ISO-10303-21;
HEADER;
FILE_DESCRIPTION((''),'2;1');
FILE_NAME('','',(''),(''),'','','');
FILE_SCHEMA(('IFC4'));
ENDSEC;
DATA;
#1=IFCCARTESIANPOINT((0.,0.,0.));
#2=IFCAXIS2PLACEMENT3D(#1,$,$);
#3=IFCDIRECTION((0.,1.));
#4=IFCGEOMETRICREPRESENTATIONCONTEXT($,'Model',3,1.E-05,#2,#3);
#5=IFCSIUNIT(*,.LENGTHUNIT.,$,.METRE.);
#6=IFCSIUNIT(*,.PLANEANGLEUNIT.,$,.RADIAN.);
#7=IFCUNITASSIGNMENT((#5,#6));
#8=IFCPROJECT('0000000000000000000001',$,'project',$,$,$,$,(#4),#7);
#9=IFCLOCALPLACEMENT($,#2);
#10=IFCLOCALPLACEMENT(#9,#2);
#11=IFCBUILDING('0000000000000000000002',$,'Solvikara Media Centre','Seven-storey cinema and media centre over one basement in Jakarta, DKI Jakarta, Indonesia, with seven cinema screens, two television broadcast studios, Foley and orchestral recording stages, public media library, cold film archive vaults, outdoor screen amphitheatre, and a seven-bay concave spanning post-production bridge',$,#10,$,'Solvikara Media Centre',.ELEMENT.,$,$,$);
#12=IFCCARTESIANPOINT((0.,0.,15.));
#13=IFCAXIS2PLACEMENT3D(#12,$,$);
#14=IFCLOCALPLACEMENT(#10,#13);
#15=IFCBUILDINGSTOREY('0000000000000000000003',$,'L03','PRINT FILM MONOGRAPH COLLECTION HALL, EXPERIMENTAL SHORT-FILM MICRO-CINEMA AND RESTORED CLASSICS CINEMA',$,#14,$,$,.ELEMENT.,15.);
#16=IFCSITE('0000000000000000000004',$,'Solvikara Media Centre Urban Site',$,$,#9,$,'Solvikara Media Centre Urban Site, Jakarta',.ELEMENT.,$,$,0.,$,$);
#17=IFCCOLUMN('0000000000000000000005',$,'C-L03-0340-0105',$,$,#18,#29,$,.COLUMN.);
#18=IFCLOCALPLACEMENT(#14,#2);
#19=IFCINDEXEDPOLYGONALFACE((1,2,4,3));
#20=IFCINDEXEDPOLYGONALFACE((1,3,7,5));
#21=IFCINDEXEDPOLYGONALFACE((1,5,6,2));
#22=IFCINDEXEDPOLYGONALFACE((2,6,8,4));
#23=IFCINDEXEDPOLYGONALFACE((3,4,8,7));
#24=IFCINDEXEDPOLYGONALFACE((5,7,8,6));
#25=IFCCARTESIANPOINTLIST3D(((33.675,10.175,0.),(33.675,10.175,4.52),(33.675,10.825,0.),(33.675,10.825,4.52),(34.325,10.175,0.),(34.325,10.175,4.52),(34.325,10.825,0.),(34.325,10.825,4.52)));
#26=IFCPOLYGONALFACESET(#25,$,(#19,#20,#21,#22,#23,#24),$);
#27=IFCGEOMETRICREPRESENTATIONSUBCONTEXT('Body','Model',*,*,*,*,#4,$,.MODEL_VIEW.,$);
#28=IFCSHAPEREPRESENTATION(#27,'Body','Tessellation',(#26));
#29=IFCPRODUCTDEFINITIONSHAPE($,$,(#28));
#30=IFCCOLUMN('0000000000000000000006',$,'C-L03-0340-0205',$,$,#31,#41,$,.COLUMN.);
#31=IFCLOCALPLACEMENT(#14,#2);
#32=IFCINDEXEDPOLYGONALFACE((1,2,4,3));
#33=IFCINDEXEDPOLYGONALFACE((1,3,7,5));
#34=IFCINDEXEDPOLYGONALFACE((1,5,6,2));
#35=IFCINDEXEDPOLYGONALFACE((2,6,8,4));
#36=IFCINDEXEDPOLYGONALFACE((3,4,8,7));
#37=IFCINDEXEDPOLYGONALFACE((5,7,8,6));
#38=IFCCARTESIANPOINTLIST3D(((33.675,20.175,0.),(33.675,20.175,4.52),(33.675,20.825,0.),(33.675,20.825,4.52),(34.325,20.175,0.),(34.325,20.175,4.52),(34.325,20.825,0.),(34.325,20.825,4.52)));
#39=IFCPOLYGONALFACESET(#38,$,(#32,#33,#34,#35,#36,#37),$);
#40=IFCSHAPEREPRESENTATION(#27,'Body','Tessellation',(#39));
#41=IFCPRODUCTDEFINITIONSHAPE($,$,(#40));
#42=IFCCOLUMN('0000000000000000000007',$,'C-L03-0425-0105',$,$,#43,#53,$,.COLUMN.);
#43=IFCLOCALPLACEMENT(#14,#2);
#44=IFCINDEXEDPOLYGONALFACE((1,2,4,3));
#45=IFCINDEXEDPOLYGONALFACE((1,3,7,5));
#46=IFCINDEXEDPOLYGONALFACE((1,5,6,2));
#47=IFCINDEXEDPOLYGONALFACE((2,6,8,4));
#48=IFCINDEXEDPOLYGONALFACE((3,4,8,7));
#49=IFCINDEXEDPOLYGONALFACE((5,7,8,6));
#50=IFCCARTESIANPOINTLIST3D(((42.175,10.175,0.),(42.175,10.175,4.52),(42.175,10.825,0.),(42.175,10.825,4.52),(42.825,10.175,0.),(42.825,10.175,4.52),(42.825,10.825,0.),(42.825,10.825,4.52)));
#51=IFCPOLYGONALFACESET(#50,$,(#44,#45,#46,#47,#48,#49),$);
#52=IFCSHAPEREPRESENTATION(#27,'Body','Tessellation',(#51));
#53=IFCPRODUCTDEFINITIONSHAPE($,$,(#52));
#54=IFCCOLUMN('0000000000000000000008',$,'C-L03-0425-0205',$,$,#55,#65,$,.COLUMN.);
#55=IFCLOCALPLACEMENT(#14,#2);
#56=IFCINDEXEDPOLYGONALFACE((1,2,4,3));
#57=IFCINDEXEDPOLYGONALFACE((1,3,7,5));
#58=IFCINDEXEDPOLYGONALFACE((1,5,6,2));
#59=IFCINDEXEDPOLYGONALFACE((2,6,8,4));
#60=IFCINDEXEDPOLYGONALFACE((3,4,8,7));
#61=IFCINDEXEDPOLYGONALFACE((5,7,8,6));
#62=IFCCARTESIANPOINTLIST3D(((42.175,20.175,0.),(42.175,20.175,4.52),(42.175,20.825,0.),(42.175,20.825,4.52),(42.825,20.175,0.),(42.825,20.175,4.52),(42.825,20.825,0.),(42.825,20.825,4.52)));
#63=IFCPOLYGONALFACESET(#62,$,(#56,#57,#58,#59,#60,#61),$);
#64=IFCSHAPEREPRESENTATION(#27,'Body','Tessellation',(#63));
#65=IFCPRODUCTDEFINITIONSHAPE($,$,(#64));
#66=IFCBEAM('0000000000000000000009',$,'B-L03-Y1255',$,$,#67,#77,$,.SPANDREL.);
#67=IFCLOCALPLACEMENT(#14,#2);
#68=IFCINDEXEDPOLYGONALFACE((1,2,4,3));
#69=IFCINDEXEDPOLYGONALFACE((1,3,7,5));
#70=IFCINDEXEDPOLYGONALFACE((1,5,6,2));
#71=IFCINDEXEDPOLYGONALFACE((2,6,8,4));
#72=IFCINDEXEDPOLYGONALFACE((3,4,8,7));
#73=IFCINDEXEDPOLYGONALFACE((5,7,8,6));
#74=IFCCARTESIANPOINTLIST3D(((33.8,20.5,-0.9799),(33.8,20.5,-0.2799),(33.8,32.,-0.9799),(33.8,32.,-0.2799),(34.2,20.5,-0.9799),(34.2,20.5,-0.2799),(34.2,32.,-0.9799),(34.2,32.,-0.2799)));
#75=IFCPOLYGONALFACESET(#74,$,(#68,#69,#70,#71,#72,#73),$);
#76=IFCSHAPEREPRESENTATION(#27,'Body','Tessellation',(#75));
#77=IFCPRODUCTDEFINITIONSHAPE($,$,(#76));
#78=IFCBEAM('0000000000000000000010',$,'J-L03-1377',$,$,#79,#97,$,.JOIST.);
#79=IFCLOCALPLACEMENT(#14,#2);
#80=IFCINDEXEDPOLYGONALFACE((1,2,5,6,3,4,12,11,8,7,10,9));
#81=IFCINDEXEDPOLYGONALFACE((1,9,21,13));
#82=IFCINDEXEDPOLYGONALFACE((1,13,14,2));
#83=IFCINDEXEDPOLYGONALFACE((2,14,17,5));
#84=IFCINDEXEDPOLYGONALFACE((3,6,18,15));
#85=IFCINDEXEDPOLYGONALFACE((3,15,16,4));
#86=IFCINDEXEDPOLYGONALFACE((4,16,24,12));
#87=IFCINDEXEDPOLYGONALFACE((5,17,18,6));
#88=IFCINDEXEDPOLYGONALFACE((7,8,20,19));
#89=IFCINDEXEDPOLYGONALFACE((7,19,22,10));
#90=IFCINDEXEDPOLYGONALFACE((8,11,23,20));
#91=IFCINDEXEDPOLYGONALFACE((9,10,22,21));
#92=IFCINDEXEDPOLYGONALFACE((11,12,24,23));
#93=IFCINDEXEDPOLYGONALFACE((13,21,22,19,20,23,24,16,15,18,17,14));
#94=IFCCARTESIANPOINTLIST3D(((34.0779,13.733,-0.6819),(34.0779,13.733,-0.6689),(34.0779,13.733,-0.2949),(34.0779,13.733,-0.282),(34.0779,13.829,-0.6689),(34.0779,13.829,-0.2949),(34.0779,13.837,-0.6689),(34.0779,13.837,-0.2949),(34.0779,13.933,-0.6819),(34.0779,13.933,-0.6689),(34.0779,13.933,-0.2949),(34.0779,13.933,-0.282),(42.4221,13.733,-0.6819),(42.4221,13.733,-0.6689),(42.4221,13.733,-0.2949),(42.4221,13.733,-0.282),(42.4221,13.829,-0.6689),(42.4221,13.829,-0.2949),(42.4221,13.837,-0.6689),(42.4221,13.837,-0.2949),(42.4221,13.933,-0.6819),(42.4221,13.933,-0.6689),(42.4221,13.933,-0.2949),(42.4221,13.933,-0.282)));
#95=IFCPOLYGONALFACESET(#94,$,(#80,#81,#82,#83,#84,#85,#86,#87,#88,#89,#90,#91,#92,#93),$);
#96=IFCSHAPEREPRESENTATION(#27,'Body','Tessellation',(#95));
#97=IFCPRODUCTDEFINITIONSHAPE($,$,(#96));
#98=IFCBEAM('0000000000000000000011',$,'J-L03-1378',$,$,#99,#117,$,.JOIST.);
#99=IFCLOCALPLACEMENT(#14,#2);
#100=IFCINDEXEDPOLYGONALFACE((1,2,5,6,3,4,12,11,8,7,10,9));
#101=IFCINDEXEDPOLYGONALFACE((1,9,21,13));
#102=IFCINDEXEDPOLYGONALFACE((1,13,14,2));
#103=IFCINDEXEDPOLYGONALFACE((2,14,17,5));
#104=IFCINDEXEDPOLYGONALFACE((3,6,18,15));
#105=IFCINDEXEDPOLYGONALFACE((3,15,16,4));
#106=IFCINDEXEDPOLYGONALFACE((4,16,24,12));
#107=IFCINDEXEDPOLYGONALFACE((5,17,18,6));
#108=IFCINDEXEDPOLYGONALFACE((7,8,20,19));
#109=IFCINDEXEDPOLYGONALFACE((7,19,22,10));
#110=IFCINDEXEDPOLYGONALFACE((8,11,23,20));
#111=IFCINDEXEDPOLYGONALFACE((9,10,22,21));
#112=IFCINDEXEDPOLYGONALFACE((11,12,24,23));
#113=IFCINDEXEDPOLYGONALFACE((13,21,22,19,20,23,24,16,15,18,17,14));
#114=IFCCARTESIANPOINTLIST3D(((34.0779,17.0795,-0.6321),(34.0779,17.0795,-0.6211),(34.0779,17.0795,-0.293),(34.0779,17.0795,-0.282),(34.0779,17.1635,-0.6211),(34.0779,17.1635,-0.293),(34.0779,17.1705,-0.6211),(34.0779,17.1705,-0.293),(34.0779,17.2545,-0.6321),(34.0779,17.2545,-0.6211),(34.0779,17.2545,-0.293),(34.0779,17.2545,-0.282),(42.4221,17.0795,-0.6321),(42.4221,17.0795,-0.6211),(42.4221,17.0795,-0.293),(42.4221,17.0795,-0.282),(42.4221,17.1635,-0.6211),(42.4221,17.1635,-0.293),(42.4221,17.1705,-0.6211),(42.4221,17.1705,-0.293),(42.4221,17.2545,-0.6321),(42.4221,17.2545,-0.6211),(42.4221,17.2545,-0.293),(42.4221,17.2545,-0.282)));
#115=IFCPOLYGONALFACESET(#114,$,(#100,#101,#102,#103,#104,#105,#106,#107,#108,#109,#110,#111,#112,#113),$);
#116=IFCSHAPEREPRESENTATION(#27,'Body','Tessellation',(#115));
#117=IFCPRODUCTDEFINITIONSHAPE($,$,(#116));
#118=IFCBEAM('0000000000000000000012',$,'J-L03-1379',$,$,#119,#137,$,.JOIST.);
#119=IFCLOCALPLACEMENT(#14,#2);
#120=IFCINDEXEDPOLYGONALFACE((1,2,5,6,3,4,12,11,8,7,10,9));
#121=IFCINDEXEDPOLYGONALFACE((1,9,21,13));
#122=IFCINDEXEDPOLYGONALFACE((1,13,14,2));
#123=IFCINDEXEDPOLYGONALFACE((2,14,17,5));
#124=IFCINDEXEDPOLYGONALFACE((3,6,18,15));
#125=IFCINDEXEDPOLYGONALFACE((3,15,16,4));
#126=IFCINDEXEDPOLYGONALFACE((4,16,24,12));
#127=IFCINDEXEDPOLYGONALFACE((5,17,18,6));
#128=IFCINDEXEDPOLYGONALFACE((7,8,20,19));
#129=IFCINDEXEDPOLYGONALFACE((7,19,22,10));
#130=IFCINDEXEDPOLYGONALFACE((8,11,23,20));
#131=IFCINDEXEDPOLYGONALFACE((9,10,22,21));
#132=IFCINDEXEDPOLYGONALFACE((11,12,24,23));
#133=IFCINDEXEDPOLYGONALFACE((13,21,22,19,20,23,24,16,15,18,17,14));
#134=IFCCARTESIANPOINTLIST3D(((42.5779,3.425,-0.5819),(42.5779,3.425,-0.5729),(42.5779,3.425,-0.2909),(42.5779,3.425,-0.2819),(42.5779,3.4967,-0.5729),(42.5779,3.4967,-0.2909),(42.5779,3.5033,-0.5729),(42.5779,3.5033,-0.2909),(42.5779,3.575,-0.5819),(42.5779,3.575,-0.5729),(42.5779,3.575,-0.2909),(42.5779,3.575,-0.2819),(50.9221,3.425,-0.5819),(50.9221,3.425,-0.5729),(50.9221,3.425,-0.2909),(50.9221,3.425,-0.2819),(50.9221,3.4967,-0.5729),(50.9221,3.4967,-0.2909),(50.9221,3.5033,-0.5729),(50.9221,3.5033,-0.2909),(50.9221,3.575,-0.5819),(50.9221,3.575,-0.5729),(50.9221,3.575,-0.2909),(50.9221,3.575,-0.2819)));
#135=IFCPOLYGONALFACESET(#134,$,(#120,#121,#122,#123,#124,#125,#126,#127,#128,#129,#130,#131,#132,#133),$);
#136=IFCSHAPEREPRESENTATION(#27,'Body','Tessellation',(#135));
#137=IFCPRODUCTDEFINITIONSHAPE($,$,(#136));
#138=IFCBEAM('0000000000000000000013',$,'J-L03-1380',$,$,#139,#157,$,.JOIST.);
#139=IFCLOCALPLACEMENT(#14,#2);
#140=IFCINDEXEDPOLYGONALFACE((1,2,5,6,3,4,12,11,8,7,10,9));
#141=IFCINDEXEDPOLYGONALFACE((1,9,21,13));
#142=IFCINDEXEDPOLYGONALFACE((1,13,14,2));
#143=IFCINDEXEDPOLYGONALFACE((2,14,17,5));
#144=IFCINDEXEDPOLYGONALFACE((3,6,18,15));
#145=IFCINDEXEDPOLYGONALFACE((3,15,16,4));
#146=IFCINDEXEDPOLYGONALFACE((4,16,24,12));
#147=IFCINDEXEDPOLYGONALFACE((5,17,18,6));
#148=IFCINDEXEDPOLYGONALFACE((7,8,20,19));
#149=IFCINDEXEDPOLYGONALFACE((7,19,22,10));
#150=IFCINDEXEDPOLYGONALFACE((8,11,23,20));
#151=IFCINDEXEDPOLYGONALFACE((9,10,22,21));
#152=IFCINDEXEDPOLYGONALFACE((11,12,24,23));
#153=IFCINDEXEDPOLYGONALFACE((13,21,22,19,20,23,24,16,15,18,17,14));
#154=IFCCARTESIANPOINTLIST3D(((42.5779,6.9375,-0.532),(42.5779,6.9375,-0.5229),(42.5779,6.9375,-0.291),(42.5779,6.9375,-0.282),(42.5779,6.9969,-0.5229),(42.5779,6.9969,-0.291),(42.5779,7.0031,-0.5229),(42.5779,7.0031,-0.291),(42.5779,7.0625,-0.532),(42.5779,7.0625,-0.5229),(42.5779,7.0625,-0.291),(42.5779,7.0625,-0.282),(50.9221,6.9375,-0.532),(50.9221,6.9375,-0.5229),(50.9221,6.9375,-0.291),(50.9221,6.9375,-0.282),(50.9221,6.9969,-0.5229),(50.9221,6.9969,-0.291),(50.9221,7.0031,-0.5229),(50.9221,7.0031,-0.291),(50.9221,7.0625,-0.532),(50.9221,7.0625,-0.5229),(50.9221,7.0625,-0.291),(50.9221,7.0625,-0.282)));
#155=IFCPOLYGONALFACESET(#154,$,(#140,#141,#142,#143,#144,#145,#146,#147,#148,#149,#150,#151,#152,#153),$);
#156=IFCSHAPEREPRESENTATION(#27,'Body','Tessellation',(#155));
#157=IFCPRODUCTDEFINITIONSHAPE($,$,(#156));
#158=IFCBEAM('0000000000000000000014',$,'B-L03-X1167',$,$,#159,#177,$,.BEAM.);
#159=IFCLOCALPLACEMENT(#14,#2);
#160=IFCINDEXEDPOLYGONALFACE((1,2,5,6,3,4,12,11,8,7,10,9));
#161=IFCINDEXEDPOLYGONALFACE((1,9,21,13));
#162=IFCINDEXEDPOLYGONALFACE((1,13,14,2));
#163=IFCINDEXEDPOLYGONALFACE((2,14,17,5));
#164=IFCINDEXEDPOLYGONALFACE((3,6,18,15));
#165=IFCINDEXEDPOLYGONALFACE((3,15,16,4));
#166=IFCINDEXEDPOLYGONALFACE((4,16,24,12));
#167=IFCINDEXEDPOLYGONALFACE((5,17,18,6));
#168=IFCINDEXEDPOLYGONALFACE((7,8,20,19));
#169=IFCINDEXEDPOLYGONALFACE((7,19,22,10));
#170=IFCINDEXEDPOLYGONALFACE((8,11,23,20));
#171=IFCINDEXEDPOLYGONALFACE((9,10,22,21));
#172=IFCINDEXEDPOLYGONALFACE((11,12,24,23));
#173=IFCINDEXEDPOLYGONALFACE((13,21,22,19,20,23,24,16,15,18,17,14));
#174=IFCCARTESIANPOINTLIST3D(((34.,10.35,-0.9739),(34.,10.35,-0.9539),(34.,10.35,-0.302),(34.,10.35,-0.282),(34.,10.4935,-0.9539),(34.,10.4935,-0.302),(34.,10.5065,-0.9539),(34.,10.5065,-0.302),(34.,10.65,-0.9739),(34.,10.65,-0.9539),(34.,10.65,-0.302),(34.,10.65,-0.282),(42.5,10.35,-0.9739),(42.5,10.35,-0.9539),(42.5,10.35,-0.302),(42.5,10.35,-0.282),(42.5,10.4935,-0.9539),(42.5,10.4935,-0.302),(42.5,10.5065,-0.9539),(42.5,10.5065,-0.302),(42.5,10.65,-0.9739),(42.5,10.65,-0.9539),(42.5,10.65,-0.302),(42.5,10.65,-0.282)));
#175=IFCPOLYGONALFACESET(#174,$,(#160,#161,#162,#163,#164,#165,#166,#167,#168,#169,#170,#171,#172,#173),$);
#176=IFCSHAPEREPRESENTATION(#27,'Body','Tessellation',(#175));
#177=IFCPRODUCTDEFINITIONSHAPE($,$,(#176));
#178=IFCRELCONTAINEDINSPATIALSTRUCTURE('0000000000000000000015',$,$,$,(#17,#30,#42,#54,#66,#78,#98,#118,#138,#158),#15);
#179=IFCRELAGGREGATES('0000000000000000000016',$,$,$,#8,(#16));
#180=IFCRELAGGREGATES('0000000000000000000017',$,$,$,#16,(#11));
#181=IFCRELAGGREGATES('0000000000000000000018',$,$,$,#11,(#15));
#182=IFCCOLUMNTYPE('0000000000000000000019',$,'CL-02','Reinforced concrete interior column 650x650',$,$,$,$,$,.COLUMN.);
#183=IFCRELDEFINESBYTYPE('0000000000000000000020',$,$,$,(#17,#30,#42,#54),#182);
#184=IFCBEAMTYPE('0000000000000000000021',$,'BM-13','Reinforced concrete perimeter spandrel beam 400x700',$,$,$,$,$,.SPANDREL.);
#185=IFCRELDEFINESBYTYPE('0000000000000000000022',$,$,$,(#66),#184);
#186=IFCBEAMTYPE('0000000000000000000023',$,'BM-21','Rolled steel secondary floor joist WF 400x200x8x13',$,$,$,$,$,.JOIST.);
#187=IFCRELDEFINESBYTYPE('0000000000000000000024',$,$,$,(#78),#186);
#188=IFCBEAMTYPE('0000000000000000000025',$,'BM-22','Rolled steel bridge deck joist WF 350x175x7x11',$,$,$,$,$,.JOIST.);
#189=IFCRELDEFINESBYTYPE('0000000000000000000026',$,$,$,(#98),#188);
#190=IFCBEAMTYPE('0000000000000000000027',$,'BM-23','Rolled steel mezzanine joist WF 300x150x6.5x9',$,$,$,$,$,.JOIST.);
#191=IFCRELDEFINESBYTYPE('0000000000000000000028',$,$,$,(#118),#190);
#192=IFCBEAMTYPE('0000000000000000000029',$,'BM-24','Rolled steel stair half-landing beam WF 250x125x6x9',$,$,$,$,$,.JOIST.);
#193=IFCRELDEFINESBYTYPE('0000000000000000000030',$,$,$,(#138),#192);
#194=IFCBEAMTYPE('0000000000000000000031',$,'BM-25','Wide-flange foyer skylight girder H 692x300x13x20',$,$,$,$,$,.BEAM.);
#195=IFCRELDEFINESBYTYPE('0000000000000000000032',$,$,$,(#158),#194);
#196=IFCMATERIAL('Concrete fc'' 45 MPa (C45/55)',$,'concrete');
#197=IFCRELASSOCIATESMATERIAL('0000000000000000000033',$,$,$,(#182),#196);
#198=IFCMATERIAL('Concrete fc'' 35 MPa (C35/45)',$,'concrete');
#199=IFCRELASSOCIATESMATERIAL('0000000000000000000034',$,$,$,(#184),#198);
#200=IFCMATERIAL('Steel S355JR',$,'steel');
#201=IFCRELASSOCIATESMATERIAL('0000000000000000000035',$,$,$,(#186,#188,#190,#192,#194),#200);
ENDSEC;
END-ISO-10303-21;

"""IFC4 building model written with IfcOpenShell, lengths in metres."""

from ifc_helpers import new_model, si_unit, direction, frame, origin, origin_2d, place, context, subcontext, project, spatial, rectangle, i_section, extrude, material, material_profile, profile_set, type_object, element, save


model = new_model("IFC4")

# Units and contexts
model_context = context("Model", 3, precision=1e-05, world=origin(), true_north=direction((0.0, 1.0)))
body_context = subcontext(model_context, "Body", "Model", "MODEL_VIEW")
ifc_project = project(units=[si_unit("LENGTHUNIT", "METRE"), si_unit("PLANEANGLEUNIT", "RADIAN")], contexts=[model_context])

# Site, building, storey
site_placement = place(None, origin())
site = spatial("IfcSite", under=ifc_project, at=site_placement, Name="Solvikara Media Centre Urban Site", LongName="Solvikara Media Centre Urban Site, Jakarta", CompositionType="ELEMENT", RefElevation=0.0)
building_placement = place(site_placement, origin())
building = spatial("IfcBuilding", under=site, at=building_placement, Name="Solvikara Media Centre", Description="Seven-storey cinema and media centre over one basement in Jakarta, DKI Jakarta, Indonesia, with seven cinema screens, two television broadcast studios, Foley and orchestral recording stages, public media library, cold film archive vaults, outdoor screen amphitheatre, and a seven-bay concave spanning post-production bridge", LongName="Solvikara Media Centre", CompositionType="ELEMENT")
storey_placement = place(building_placement, frame((0.0, 0.0, 15.0)))
storey = spatial("IfcBuildingStorey", under=building, at=storey_placement, Name="L03", Description="PRINT FILM MONOGRAPH COLLECTION HALL, EXPERIMENTAL SHORT-FILM MICRO-CINEMA AND RESTORED CLASSICS CINEMA", CompositionType="ELEMENT", Elevation=15.0)

# Columns
ifc_material_1 = material(Name="Concrete fc' 45 MPa (C45/55)", Category="concrete")
ifc_material_profile_1 = material_profile(ifc_material_1, rectangle(XDim=0.6499, YDim=0.6499, at=origin_2d()), Name="RC 650x650")
ifc_profile_set_1 = profile_set([ifc_material_profile_1], Name="Concrete fc' 45 MPa (C45/55)")
column_type = type_object("IfcColumnType", Name="CL-02", Description="Reinforced concrete interior column 650x650", PredefinedType="COLUMN", material=ifc_profile_set_1)
for number, where, z_axis, x_axis, name in (
    (1, (34.0, 10.5, 0.0), (0.0, 0.0, 1.0), (1.0, 0.0, 0.0), "C-L03-0340-0105"),
    (2, (34.0, 20.5, 0.0), (0.0, 0.0, 1.0), (1.0, 0.0, 0.0), "C-L03-0340-0205"),
    (3, (42.5, 10.5, 0.0), (0.0, 0.0, 1.0), (1.0, 0.0, 0.0), "C-L03-0425-0105"),
    (4, (42.5, 20.5, 0.0), (0.0, 0.0, 1.0), (1.0, 0.0, 0.0), "C-L03-0425-0205"),
):
    element("IfcColumn", number, at=place(storey_placement, frame(where, z_axis=z_axis, x_axis=x_axis)), inside=storey, type_object=column_type, Name=name, PredefinedType="COLUMN", context=body_context, shape_type="SweptSolid", body=[
        extrude(rectangle(XDim=0.6499, YDim=0.6499, at=origin_2d()), origin(), (0.0, 0.0, 1.0), 4.52),
    ])

# Beams
ifc_material_2 = material(Name="Concrete fc' 35 MPa (C35/45)", Category="concrete")
ifc_material_profile_2 = material_profile(ifc_material_2, rectangle(XDim=0.3999, YDim=0.7, at=origin_2d()), Name="RC 400x700")
ifc_profile_set_2 = profile_set([ifc_material_profile_2], Name="Concrete fc' 35 MPa (C35/45)")
beam_type_1 = type_object("IfcBeamType", Name="BM-13", Description="Reinforced concrete perimeter spandrel beam 400x700", PredefinedType="SPANDREL", material=ifc_profile_set_2)
beam_1_placement = place(storey_placement, frame((34.0, 20.5, -0.6299), z_axis=(0.0, 1.0, 0.0), x_axis=(-1.0, 0.0, 0.0)))
element("IfcBeam", 5, at=beam_1_placement, inside=storey, type_object=beam_type_1, Name="B-L03-Y1255", PredefinedType="SPANDREL", context=body_context, shape_type="SweptSolid", body=[
    extrude(rectangle(XDim=0.3999, YDim=0.7, at=origin_2d()), origin(), (0.0, 0.0, 1.0), 11.5),
])
ifc_material_3 = material(Name="Steel S355JR", Category="steel")
ifc_material_profile_3 = material_profile(ifc_material_3, i_section(OverallWidth=0.2, OverallDepth=0.3999, WebThickness=0.0081, FlangeThickness=0.0129, at=origin_2d()), Name="WF 400x200x8x13")
ifc_profile_set_3 = profile_set([ifc_material_profile_3], Name="Steel S355JR")
beam_type_2 = type_object("IfcBeamType", Name="BM-21", Description="Rolled steel secondary floor joist WF 400x200x8x13", PredefinedType="JOIST", material=ifc_profile_set_3)
beam_2_placement = place(storey_placement, frame((34.0779, 13.833, -0.4819), z_axis=(1.0, 0.0, 0.0), x_axis=(0.0, 1.0, 0.0)))
element("IfcBeam", 6, at=beam_2_placement, inside=storey, type_object=beam_type_2, Name="J-L03-1377", PredefinedType="JOIST", context=body_context, shape_type="SweptSolid", body=[
    extrude(i_section(OverallWidth=0.2, OverallDepth=0.3999, WebThickness=0.0081, FlangeThickness=0.0129, at=origin_2d()), origin(), (0.0, 0.0, 1.0), 8.3442),
])
ifc_material_profile_4 = material_profile(ifc_material_3, i_section(OverallWidth=0.175, OverallDepth=0.3501, WebThickness=0.0071, FlangeThickness=0.011, at=origin_2d()), Name="WF 350x175x7x11")
ifc_profile_set_4 = profile_set([ifc_material_profile_4], Name="Steel S355JR")
beam_type_3 = type_object("IfcBeamType", Name="BM-22", Description="Rolled steel bridge deck joist WF 350x175x7x11", PredefinedType="JOIST", material=ifc_profile_set_4)
beam_3_placement = place(storey_placement, frame((34.0779, 17.167, -0.457), z_axis=(1.0, 0.0, 0.0), x_axis=(0.0, 1.0, 0.0)))
element("IfcBeam", 7, at=beam_3_placement, inside=storey, type_object=beam_type_3, Name="J-L03-1378", PredefinedType="JOIST", context=body_context, shape_type="SweptSolid", body=[
    extrude(i_section(OverallWidth=0.175, OverallDepth=0.3501, WebThickness=0.0071, FlangeThickness=0.011, at=origin_2d()), origin(), (0.0, 0.0, 1.0), 8.3442),
])
ifc_material_profile_5 = material_profile(ifc_material_3, i_section(OverallWidth=0.1499, OverallDepth=0.3, WebThickness=0.0066, FlangeThickness=0.009, at=origin_2d()), Name="WF 300x150x6.5x9")
ifc_profile_set_5 = profile_set([ifc_material_profile_5], Name="Steel S355JR")
beam_type_4 = type_object("IfcBeamType", Name="BM-23", Description="Rolled steel mezzanine joist WF 300x150x6.5x9", PredefinedType="JOIST", material=ifc_profile_set_5)
beam_4_placement = place(storey_placement, frame((42.5779, 3.5, -0.4319), z_axis=(1.0, 0.0, 0.0), x_axis=(0.0, 1.0, 0.0)))
element("IfcBeam", 8, at=beam_4_placement, inside=storey, type_object=beam_type_4, Name="J-L03-1379", PredefinedType="JOIST", context=body_context, shape_type="SweptSolid", body=[
    extrude(i_section(OverallWidth=0.1499, OverallDepth=0.3, WebThickness=0.0066, FlangeThickness=0.009, at=origin_2d()), origin(), (0.0, 0.0, 1.0), 8.3442),
])
ifc_material_profile_6 = material_profile(ifc_material_3, i_section(OverallWidth=0.125, OverallDepth=0.25, WebThickness=0.0061, FlangeThickness=0.009, at=origin_2d()), Name="WF 250x125x6x9")
ifc_profile_set_6 = profile_set([ifc_material_profile_6], Name="Steel S355JR")
beam_type_5 = type_object("IfcBeamType", Name="BM-24", Description="Rolled steel stair half-landing beam WF 250x125x6x9", PredefinedType="JOIST", material=ifc_profile_set_6)
beam_5_placement = place(storey_placement, frame((42.5779, 7.0, -0.407), z_axis=(1.0, 0.0, 0.0), x_axis=(0.0, 1.0, 0.0)))
element("IfcBeam", 9, at=beam_5_placement, inside=storey, type_object=beam_type_5, Name="J-L03-1380", PredefinedType="JOIST", context=body_context, shape_type="SweptSolid", body=[
    extrude(i_section(OverallWidth=0.125, OverallDepth=0.25, WebThickness=0.0061, FlangeThickness=0.009, at=origin_2d()), origin(), (0.0, 0.0, 1.0), 8.3442),
])
ifc_material_profile_7 = material_profile(ifc_material_3, i_section(OverallWidth=0.3, OverallDepth=0.6919, WebThickness=0.0129, FlangeThickness=0.02, at=origin_2d()), Name="H 692x300x13x20")
ifc_profile_set_7 = profile_set([ifc_material_profile_7], Name="Steel S355JR")
beam_type_6 = type_object("IfcBeamType", Name="BM-25", Description="Wide-flange foyer skylight girder H 692x300x13x20", PredefinedType="BEAM", material=ifc_profile_set_7)
beam_6_placement = place(storey_placement, frame((34.0, 10.5, -0.6279), z_axis=(1.0, 0.0, 0.0), x_axis=(0.0, 1.0, 0.0)))
element("IfcBeam", 10, at=beam_6_placement, inside=storey, type_object=beam_type_6, Name="B-L03-X1167", PredefinedType="BEAM", context=body_context, shape_type="SweptSolid", body=[
    extrude(i_section(OverallWidth=0.3, OverallDepth=0.6919, WebThickness=0.0129, FlangeThickness=0.02, at=origin_2d()), origin(), (0.0, 0.0, 1.0), 8.5),
])

save(model, "model.ifc")
